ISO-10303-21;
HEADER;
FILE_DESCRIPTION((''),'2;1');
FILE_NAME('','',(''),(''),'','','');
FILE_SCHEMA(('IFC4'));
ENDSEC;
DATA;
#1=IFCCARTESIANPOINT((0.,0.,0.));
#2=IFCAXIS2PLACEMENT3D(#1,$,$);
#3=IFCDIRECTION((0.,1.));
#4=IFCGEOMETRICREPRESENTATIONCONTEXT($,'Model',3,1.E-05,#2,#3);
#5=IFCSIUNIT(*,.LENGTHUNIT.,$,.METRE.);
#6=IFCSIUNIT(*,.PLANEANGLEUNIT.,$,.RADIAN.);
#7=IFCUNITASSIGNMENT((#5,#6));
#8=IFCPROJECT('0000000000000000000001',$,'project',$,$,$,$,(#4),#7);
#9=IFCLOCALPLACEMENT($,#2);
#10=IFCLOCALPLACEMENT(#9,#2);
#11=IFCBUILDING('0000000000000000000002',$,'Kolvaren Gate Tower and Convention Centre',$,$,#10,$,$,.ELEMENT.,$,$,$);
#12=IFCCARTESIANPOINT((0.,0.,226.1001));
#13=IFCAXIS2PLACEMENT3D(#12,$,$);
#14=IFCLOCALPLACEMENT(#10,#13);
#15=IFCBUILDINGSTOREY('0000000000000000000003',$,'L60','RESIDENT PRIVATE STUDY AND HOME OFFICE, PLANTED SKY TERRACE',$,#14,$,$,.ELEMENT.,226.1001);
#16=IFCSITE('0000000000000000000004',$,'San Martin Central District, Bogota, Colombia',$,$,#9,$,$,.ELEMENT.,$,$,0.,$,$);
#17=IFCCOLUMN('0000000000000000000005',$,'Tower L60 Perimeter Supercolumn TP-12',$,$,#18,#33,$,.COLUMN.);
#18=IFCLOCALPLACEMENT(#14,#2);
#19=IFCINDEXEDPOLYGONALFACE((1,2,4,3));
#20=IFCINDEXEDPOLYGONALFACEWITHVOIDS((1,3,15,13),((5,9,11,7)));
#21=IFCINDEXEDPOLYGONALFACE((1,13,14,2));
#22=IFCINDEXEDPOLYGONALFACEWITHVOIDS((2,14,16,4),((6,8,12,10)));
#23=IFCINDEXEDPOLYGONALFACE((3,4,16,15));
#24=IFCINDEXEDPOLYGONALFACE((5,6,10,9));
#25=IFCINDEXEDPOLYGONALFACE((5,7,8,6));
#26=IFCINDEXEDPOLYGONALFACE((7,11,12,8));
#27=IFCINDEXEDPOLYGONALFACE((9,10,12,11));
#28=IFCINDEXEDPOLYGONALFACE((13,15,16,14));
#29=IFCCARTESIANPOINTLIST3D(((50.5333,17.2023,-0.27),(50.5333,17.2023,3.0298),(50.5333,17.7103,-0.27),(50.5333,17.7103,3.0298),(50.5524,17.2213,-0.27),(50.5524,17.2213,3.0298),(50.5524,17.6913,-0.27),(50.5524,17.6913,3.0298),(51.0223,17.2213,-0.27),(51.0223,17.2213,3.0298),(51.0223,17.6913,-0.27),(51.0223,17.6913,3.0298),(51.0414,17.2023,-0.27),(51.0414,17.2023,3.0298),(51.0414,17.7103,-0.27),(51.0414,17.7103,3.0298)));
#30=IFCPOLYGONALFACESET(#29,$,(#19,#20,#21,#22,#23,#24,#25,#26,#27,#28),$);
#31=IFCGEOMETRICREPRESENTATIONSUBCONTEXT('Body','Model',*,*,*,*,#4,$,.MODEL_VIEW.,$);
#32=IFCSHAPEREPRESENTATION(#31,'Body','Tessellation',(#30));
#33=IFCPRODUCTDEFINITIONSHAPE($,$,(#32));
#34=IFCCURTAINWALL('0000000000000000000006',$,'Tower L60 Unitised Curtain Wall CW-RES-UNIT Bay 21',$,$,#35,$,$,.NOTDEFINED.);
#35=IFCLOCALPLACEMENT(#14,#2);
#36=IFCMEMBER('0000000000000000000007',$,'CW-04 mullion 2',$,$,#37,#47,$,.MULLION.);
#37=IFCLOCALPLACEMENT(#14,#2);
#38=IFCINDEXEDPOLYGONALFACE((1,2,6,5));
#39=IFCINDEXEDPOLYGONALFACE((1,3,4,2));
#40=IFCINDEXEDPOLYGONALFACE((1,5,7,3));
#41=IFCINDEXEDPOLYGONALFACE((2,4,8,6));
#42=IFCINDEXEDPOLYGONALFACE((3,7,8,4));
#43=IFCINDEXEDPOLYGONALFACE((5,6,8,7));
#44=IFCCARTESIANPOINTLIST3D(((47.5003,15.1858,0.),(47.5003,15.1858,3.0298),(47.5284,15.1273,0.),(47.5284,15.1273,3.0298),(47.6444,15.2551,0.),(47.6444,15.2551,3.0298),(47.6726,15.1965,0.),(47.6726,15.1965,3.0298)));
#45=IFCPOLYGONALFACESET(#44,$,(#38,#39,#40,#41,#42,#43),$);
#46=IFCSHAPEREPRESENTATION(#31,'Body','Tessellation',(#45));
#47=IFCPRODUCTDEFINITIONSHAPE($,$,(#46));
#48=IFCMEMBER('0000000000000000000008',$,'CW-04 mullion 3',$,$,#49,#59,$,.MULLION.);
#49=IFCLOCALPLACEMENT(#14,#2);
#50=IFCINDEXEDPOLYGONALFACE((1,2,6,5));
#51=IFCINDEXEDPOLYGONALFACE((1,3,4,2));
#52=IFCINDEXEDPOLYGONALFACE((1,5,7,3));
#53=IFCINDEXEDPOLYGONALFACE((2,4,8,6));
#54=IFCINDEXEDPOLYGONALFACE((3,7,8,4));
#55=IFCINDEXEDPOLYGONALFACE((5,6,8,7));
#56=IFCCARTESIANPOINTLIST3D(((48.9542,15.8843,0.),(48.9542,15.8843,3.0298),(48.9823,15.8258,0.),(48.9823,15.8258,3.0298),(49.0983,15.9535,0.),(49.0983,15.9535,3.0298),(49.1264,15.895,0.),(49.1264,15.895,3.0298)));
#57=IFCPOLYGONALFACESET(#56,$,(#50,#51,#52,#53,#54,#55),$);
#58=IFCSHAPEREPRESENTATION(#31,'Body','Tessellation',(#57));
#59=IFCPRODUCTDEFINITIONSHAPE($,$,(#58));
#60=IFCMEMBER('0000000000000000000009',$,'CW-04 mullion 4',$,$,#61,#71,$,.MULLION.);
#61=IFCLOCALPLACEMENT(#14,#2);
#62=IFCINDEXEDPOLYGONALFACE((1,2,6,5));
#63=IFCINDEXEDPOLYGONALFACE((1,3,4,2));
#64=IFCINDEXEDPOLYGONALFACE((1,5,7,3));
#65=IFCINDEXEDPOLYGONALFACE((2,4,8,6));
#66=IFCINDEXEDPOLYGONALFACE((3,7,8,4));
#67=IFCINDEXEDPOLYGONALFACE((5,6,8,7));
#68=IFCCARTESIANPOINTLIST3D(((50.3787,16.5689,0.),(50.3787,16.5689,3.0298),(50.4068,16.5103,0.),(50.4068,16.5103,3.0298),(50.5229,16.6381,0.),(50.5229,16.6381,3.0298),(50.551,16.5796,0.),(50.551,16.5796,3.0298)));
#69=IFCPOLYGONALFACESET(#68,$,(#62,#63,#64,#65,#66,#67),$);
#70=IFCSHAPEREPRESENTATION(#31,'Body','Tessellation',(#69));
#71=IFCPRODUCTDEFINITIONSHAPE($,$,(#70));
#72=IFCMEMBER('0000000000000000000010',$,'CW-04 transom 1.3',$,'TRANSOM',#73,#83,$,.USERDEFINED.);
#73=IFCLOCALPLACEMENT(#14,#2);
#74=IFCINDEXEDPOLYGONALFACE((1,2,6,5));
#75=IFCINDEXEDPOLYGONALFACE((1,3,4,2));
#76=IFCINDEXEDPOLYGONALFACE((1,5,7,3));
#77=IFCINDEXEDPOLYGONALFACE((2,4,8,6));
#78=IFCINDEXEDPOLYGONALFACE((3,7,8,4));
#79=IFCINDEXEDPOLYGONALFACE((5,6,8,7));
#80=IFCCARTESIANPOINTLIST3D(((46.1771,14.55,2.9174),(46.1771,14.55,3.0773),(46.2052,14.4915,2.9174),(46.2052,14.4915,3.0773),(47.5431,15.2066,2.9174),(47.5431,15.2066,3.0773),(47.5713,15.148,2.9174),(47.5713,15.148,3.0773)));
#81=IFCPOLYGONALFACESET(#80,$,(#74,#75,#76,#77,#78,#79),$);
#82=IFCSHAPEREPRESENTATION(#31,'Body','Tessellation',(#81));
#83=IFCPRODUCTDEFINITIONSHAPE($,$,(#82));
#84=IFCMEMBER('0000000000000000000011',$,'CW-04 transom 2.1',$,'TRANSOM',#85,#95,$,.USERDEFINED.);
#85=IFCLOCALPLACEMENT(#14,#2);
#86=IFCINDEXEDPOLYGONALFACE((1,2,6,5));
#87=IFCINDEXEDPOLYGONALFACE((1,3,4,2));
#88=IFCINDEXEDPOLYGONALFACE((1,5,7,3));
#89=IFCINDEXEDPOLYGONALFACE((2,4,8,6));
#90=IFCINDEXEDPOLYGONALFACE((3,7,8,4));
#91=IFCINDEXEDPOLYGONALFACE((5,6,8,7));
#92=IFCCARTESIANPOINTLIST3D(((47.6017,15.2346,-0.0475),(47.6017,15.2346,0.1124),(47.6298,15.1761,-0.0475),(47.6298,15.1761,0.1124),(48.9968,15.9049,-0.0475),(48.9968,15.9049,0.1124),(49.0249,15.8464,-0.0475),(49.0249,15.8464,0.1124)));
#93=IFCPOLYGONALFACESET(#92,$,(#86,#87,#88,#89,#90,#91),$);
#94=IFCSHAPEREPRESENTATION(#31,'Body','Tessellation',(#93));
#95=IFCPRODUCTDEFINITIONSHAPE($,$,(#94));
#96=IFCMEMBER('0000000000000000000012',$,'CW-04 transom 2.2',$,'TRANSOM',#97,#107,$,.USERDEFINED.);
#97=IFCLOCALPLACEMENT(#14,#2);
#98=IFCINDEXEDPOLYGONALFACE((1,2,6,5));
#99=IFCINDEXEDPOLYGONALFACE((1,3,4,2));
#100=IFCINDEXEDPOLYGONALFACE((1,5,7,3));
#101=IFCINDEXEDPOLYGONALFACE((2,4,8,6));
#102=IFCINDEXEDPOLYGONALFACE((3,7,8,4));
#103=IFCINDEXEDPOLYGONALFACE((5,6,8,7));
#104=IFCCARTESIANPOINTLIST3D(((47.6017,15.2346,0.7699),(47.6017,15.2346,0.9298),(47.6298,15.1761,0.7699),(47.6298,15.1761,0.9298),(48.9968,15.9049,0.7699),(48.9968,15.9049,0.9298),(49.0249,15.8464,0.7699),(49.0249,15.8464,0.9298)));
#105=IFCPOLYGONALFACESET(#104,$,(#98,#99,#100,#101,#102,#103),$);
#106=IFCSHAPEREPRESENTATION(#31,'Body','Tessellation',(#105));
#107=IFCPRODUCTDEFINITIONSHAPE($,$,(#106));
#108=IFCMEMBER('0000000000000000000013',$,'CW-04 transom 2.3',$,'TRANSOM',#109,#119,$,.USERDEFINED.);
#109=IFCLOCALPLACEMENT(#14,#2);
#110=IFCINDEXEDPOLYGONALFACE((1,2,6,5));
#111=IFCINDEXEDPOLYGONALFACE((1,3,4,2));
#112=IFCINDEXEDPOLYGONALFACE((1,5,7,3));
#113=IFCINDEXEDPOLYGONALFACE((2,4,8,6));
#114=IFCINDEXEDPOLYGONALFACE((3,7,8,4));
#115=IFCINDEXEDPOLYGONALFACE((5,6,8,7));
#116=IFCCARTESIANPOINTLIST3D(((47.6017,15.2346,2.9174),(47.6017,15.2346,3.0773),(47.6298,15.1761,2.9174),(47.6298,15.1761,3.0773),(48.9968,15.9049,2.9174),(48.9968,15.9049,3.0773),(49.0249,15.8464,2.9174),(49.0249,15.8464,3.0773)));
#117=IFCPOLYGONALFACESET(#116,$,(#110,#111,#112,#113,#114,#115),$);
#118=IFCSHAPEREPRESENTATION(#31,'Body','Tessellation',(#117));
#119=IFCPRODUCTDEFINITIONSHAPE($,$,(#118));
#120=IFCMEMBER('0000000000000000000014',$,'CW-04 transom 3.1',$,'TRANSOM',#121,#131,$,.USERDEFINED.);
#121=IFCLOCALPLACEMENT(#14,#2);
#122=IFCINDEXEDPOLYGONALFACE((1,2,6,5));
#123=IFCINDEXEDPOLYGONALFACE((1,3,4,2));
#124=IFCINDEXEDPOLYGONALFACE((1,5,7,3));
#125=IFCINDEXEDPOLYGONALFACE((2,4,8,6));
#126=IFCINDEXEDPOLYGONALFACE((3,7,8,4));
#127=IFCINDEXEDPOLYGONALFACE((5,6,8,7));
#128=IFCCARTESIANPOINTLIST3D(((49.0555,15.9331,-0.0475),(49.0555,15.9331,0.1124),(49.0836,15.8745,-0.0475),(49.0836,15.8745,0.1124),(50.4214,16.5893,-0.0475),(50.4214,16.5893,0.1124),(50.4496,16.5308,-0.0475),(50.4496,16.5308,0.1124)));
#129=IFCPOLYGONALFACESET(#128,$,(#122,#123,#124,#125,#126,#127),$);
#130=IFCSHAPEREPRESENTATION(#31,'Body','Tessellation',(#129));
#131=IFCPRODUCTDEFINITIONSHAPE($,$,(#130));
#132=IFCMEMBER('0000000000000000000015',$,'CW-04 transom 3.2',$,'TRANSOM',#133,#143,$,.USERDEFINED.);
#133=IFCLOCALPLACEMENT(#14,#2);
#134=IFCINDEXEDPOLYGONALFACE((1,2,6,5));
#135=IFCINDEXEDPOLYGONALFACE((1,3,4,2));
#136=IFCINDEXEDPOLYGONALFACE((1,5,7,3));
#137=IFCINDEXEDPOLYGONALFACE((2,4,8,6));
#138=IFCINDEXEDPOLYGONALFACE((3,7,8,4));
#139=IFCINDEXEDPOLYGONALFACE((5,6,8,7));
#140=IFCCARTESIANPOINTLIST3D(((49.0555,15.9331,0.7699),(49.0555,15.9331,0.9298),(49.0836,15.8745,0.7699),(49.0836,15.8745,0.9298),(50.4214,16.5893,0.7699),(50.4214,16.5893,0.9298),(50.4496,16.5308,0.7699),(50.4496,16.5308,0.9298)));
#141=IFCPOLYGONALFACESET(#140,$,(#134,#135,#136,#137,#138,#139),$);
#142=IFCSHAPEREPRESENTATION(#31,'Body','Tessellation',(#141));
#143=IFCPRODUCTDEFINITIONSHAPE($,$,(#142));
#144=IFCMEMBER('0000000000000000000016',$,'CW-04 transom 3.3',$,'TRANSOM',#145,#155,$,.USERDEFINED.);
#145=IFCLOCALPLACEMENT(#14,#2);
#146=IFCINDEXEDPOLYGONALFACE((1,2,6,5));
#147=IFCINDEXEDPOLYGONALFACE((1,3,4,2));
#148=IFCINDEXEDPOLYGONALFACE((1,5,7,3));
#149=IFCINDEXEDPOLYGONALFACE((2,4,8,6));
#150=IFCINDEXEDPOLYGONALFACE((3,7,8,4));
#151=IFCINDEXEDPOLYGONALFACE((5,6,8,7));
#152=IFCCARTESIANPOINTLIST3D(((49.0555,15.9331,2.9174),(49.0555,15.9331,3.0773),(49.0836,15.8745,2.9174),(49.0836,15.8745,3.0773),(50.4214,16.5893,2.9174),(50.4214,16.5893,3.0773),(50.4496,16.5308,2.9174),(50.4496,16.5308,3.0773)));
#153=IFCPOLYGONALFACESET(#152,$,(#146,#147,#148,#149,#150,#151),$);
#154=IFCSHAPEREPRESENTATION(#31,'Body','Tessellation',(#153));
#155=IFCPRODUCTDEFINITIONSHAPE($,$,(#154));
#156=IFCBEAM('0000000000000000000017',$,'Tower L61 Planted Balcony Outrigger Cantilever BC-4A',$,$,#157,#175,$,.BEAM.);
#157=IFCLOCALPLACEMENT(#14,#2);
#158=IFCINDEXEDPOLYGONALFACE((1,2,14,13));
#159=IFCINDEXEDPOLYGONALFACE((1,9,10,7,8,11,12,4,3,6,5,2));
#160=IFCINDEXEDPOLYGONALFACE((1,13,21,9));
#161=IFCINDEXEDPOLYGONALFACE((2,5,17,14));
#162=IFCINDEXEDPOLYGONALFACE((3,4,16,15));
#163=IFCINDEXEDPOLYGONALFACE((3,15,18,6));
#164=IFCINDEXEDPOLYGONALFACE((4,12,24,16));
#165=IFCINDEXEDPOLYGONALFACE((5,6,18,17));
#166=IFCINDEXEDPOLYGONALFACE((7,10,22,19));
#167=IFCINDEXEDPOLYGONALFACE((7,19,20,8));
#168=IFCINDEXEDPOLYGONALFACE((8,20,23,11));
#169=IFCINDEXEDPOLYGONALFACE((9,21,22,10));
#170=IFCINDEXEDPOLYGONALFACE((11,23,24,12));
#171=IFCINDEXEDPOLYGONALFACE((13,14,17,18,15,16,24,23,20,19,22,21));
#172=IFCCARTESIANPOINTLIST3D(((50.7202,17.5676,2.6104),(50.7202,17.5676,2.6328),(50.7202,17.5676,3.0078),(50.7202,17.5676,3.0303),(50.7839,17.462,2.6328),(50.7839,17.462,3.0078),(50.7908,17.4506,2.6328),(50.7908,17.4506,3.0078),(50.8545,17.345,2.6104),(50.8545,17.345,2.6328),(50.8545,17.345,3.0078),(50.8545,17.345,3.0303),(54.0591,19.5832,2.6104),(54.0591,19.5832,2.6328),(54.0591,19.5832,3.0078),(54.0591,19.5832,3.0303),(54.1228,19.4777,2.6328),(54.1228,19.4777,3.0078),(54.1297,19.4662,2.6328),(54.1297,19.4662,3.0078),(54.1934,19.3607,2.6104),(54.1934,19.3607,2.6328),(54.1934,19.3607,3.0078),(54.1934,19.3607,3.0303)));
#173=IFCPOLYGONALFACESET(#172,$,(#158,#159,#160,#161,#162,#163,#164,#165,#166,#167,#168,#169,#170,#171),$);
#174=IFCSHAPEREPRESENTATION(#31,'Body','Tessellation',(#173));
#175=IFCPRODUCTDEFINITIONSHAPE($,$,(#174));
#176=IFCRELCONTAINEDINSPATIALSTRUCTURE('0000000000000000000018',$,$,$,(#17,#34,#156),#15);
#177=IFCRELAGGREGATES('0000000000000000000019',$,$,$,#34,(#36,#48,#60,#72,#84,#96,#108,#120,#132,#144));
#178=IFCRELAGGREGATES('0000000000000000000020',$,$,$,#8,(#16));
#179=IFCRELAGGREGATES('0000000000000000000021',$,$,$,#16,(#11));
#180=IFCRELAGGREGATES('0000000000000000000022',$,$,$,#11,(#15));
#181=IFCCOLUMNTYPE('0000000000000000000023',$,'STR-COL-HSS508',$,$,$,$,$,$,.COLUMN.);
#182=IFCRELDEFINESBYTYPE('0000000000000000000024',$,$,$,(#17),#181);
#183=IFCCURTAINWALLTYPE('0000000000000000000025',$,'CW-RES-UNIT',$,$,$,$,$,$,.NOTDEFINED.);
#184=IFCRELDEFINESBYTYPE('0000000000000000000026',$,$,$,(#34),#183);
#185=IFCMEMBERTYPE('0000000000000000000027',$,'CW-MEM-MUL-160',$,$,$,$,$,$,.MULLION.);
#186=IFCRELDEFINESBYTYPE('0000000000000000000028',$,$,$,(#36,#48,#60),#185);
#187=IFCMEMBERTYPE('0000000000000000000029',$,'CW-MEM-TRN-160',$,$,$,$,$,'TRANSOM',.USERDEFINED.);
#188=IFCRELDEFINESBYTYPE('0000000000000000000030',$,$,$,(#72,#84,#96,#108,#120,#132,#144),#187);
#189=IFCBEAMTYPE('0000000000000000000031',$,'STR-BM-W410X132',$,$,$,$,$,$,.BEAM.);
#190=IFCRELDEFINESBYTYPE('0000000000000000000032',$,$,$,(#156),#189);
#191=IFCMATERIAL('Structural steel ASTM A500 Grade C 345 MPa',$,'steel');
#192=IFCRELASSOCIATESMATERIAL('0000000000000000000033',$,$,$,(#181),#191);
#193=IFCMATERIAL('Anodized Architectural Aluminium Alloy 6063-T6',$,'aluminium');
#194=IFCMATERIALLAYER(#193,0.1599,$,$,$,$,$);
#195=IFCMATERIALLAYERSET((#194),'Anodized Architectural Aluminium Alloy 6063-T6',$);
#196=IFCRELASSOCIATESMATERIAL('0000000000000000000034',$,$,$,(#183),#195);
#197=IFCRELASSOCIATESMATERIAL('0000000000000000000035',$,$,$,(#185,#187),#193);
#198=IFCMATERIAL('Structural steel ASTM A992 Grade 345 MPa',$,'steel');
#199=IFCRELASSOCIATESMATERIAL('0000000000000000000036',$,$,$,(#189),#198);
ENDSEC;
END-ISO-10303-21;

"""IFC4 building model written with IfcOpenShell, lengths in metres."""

from ifc_helpers import new_model, si_unit, direction, frame, origin, origin_2d, place, context, subcontext, project, spatial, rectangle, hollow_rectangle, i_section, extrude, material, layer, layer_set, material_profile, profile_set, type_object, element, aggregate, save


model = new_model("IFC4")

# Units and contexts
model_context = context("Model", 3, precision=1e-05, world=origin(), true_north=direction((0.0, 1.0)))
body_context = subcontext(model_context, "Body", "Model", "MODEL_VIEW")
ifc_project = project(units=[si_unit("LENGTHUNIT", "METRE"), si_unit("PLANEANGLEUNIT", "RADIAN")], contexts=[model_context])

# Site, building, storey
site_placement = place(None, origin())
site = spatial("IfcSite", under=ifc_project, at=site_placement, Name="San Martin Central District, Bogota, Colombia", CompositionType="ELEMENT", RefElevation=0.0)
building_placement = place(site_placement, origin())
building = spatial("IfcBuilding", under=site, at=building_placement, Name="Kolvaren Gate Tower and Convention Centre", CompositionType="ELEMENT")
storey_placement = place(building_placement, frame((0.0, 0.0, 226.1001)))
storey = spatial("IfcBuildingStorey", under=building, at=storey_placement, Name="L60", Description="RESIDENT PRIVATE STUDY AND HOME OFFICE, PLANTED SKY TERRACE", CompositionType="ELEMENT", Elevation=226.1001)

# Column
ifc_material_1 = material(Name="Structural steel ASTM A500 Grade C 345 MPa", Category="steel")
ifc_material_profile_1 = material_profile(ifc_material_1, hollow_rectangle(XDim=0.5081, YDim=0.5081, WallThickness=0.019, at=origin_2d()), Name="HSS508X508X19.1")
ifc_profile_set_1 = profile_set([ifc_material_profile_1], Name="Structural steel ASTM A500 Grade C 345 MPa")
column_type = type_object("IfcColumnType", Name="STR-COL-HSS508", PredefinedType="COLUMN", material=ifc_profile_set_1)
column_placement = place(storey_placement, frame((50.7874, 17.4563, -0.27), z_axis=(0.0, 0.0, 1.0), x_axis=(1.0, 0.0, 0.0)))
element("IfcColumn", 1, at=column_placement, inside=storey, type_object=column_type, Name="Tower L60 Perimeter Supercolumn TP-12", PredefinedType="COLUMN", context=body_context, shape_type="SweptSolid", body=[
    extrude(hollow_rectangle(XDim=0.5081, YDim=0.5081, WallThickness=0.019, at=origin_2d()), origin(), (0.0, 0.0, 1.0), 3.2998),
])

# Curtain wall, members
ifc_material_2 = material(Name="Anodized Architectural Aluminium Alloy 6063-T6", Category="aluminium")
ifc_layer_1 = layer(ifc_material_2, 0.1599)
ifc_layer_set_1 = layer_set([ifc_layer_1], Name="Anodized Architectural Aluminium Alloy 6063-T6")
curtain_wall_type = type_object("IfcCurtainWallType", Name="CW-RES-UNIT", PredefinedType="NOTDEFINED", material=ifc_layer_set_1)
curtain_wall_placement = place(storey_placement, origin())
curtain_wall = element("IfcCurtainWall", 2, at=curtain_wall_placement, inside=storey, type_object=curtain_wall_type, Name="Tower L60 Unitised Curtain Wall CW-RES-UNIT Bay 21", PredefinedType="NOTDEFINED")
ifc_material_profile_2 = material_profile(ifc_material_2, rectangle(XDim=0.0649, YDim=0.1599, at=origin_2d()), Name="CW-MEM-MUL-160")
ifc_profile_set_2 = profile_set([ifc_material_profile_2], Name="Anodized Architectural Aluminium Alloy 6063-T6")
member_type_1 = type_object("IfcMemberType", Name="CW-MEM-MUL-160", PredefinedType="MULLION", material=ifc_profile_set_2)
member_1_placement = place(storey_placement, frame((47.5864, 15.1912, 0.0), z_axis=(0.0, 0.0, 1.0), x_axis=(-0.433064, 0.901363, 0.0)))
member_1 = element("IfcMember", 3, at=member_1_placement, type_object=member_type_1, Name="CW-04 mullion 2", PredefinedType="MULLION", context=body_context, shape_type="SweptSolid", body=[
    extrude(rectangle(XDim=0.0649, YDim=0.1599, at=origin_2d()), origin(), (0.0, 0.0, 1.0), 3.0298),
])
member_2_placement = place(storey_placement, frame((49.0403, 15.8896, 0.0), z_axis=(0.0, 0.0, 1.0), x_axis=(-0.433064, 0.901363, 0.0)))
member_2 = element("IfcMember", 4, at=member_2_placement, type_object=member_type_1, Name="CW-04 mullion 3", PredefinedType="MULLION", context=body_context, shape_type="SweptSolid", body=[
    extrude(rectangle(XDim=0.0649, YDim=0.1599, at=origin_2d()), origin(), (0.0, 0.0, 1.0), 3.0298),
])
member_3_placement = place(storey_placement, frame((50.4648, 16.5742, 0.0), z_axis=(0.0, 0.0, 1.0), x_axis=(-0.433064, 0.901363, 0.0)))
member_3 = element("IfcMember", 5, at=member_3_placement, type_object=member_type_1, Name="CW-04 mullion 4", PredefinedType="MULLION", context=body_context, shape_type="SweptSolid", body=[
    extrude(rectangle(XDim=0.0649, YDim=0.1599, at=origin_2d()), origin(), (0.0, 0.0, 1.0), 3.0298),
])
ifc_material_profile_3 = material_profile(ifc_material_2, rectangle(XDim=0.0649, YDim=0.1599, at=origin_2d()), Name="CW-MEM-TRN-160")
ifc_profile_set_3 = profile_set([ifc_material_profile_3], Name="Anodized Architectural Aluminium Alloy 6063-T6")
member_type_2 = type_object("IfcMemberType", Name="CW-MEM-TRN-160", ElementType="TRANSOM", PredefinedType="USERDEFINED", material=ifc_profile_set_3)
member_4_placement = place(storey_placement, frame((46.1912, 14.5208, 2.9973), z_axis=(0.901309, 0.433176, 0.0), x_axis=(-0.433176, 0.901309, 0.0)))
member_4 = element("IfcMember", 6, at=member_4_placement, type_object=member_type_2, Name="CW-04 transom 1.3", ObjectType="TRANSOM", PredefinedType="USERDEFINED", context=body_context, shape_type="SweptSolid", body=[
    extrude(rectangle(XDim=0.0649, YDim=0.1599, at=origin_2d()), origin(), (0.0, 0.0, 1.0), 1.5156),
])
member_5_placement = place(storey_placement, frame((47.6157, 15.2053, 0.0325), z_axis=(0.901351, 0.43309, 0.0), x_axis=(-0.43309, 0.901351, 0.0)))
member_5 = element("IfcMember", 7, at=member_5_placement, type_object=member_type_2, Name="CW-04 transom 2.1", ObjectType="TRANSOM", PredefinedType="USERDEFINED", context=body_context, shape_type="SweptSolid", body=[
    extrude(rectangle(XDim=0.0649, YDim=0.1599, at=origin_2d()), origin(), (0.0, 0.0, 1.0), 1.5479),
])
member_6_placement = place(storey_placement, frame((47.6157, 15.2053, 0.8499), z_axis=(0.901351, 0.43309, 0.0), x_axis=(-0.43309, 0.901351, 0.0)))
member_6 = element("IfcMember", 8, at=member_6_placement, type_object=member_type_2, Name="CW-04 transom 2.2", ObjectType="TRANSOM", PredefinedType="USERDEFINED", context=body_context, shape_type="SweptSolid", body=[
    extrude(rectangle(XDim=0.0649, YDim=0.1599, at=origin_2d()), origin(), (0.0, 0.0, 1.0), 1.5479),
])
member_7_placement = place(storey_placement, frame((47.6157, 15.2053, 2.9973), z_axis=(0.901351, 0.43309, 0.0), x_axis=(-0.43309, 0.901351, 0.0)))
member_7 = element("IfcMember", 9, at=member_7_placement, type_object=member_type_2, Name="CW-04 transom 2.3", ObjectType="TRANSOM", PredefinedType="USERDEFINED", context=body_context, shape_type="SweptSolid", body=[
    extrude(rectangle(XDim=0.0649, YDim=0.1599, at=origin_2d()), origin(), (0.0, 0.0, 1.0), 1.5479),
])
member_8_placement = place(storey_placement, frame((49.0696, 15.9038, 0.0325), z_axis=(0.901372, 0.433045, 0.0), x_axis=(-0.433045, 0.901372, 0.0)))
member_8 = element("IfcMember", 10, at=member_8_placement, type_object=member_type_2, Name="CW-04 transom 3.1", ObjectType="TRANSOM", PredefinedType="USERDEFINED", context=body_context, shape_type="SweptSolid", body=[
    extrude(rectangle(XDim=0.0649, YDim=0.1599, at=origin_2d()), origin(), (0.0, 0.0, 1.0), 1.5154),
])
member_9_placement = place(storey_placement, frame((49.0696, 15.9038, 0.8499), z_axis=(0.901372, 0.433045, 0.0), x_axis=(-0.433045, 0.901372, 0.0)))
member_9 = element("IfcMember", 11, at=member_9_placement, type_object=member_type_2, Name="CW-04 transom 3.2", ObjectType="TRANSOM", PredefinedType="USERDEFINED", context=body_context, shape_type="SweptSolid", body=[
    extrude(rectangle(XDim=0.0649, YDim=0.1599, at=origin_2d()), origin(), (0.0, 0.0, 1.0), 1.5154),
])
member_10_placement = place(storey_placement, frame((49.0696, 15.9038, 2.9973), z_axis=(0.901372, 0.433045, 0.0), x_axis=(-0.433045, 0.901372, 0.0)))
member_10 = element("IfcMember", 12, at=member_10_placement, type_object=member_type_2, Name="CW-04 transom 3.3", ObjectType="TRANSOM", PredefinedType="USERDEFINED", context=body_context, shape_type="SweptSolid", body=[
    extrude(rectangle(XDim=0.0649, YDim=0.1599, at=origin_2d()), origin(), (0.0, 0.0, 1.0), 1.5154),
])

# Beam
ifc_material_3 = material(Name="Structural steel ASTM A992 Grade 345 MPa", Category="steel")
ifc_material_profile_4 = material_profile(ifc_material_3, i_section(OverallWidth=0.26, OverallDepth=0.4199, WebThickness=0.0134, FlangeThickness=0.0225, at=origin_2d()), Name="W410X132")
ifc_profile_set_4 = profile_set([ifc_material_profile_4], Name="Structural steel ASTM A992 Grade 345 MPa")
beam_type_1 = type_object("IfcBeamType", Name="STR-BM-W410X132", PredefinedType="BEAM", material=ifc_profile_set_4)
beam_1_placement = place(storey_placement, frame((50.7874, 17.4563, 2.8203), z_axis=(0.856098, 0.516814, 0.0), x_axis=(-0.516814, 0.856098, 0.0)))
element("IfcBeam", 13, at=beam_1_placement, inside=storey, type_object=beam_type_1, Name="Tower L61 Planted Balcony Outrigger Cantilever BC-4A", PredefinedType="BEAM", context=body_context, shape_type="SweptSolid", body=[
    extrude(i_section(OverallWidth=0.26, OverallDepth=0.4199, WebThickness=0.0134, FlangeThickness=0.0225, at=origin_2d()), origin(), (0.0, 0.0, 1.0), 3.9001),
])

aggregate(curtain_wall, [member_1, member_2, member_3, member_4, member_5, member_6, member_7, member_8, member_9, member_10])

save(model, "model.ifc")
